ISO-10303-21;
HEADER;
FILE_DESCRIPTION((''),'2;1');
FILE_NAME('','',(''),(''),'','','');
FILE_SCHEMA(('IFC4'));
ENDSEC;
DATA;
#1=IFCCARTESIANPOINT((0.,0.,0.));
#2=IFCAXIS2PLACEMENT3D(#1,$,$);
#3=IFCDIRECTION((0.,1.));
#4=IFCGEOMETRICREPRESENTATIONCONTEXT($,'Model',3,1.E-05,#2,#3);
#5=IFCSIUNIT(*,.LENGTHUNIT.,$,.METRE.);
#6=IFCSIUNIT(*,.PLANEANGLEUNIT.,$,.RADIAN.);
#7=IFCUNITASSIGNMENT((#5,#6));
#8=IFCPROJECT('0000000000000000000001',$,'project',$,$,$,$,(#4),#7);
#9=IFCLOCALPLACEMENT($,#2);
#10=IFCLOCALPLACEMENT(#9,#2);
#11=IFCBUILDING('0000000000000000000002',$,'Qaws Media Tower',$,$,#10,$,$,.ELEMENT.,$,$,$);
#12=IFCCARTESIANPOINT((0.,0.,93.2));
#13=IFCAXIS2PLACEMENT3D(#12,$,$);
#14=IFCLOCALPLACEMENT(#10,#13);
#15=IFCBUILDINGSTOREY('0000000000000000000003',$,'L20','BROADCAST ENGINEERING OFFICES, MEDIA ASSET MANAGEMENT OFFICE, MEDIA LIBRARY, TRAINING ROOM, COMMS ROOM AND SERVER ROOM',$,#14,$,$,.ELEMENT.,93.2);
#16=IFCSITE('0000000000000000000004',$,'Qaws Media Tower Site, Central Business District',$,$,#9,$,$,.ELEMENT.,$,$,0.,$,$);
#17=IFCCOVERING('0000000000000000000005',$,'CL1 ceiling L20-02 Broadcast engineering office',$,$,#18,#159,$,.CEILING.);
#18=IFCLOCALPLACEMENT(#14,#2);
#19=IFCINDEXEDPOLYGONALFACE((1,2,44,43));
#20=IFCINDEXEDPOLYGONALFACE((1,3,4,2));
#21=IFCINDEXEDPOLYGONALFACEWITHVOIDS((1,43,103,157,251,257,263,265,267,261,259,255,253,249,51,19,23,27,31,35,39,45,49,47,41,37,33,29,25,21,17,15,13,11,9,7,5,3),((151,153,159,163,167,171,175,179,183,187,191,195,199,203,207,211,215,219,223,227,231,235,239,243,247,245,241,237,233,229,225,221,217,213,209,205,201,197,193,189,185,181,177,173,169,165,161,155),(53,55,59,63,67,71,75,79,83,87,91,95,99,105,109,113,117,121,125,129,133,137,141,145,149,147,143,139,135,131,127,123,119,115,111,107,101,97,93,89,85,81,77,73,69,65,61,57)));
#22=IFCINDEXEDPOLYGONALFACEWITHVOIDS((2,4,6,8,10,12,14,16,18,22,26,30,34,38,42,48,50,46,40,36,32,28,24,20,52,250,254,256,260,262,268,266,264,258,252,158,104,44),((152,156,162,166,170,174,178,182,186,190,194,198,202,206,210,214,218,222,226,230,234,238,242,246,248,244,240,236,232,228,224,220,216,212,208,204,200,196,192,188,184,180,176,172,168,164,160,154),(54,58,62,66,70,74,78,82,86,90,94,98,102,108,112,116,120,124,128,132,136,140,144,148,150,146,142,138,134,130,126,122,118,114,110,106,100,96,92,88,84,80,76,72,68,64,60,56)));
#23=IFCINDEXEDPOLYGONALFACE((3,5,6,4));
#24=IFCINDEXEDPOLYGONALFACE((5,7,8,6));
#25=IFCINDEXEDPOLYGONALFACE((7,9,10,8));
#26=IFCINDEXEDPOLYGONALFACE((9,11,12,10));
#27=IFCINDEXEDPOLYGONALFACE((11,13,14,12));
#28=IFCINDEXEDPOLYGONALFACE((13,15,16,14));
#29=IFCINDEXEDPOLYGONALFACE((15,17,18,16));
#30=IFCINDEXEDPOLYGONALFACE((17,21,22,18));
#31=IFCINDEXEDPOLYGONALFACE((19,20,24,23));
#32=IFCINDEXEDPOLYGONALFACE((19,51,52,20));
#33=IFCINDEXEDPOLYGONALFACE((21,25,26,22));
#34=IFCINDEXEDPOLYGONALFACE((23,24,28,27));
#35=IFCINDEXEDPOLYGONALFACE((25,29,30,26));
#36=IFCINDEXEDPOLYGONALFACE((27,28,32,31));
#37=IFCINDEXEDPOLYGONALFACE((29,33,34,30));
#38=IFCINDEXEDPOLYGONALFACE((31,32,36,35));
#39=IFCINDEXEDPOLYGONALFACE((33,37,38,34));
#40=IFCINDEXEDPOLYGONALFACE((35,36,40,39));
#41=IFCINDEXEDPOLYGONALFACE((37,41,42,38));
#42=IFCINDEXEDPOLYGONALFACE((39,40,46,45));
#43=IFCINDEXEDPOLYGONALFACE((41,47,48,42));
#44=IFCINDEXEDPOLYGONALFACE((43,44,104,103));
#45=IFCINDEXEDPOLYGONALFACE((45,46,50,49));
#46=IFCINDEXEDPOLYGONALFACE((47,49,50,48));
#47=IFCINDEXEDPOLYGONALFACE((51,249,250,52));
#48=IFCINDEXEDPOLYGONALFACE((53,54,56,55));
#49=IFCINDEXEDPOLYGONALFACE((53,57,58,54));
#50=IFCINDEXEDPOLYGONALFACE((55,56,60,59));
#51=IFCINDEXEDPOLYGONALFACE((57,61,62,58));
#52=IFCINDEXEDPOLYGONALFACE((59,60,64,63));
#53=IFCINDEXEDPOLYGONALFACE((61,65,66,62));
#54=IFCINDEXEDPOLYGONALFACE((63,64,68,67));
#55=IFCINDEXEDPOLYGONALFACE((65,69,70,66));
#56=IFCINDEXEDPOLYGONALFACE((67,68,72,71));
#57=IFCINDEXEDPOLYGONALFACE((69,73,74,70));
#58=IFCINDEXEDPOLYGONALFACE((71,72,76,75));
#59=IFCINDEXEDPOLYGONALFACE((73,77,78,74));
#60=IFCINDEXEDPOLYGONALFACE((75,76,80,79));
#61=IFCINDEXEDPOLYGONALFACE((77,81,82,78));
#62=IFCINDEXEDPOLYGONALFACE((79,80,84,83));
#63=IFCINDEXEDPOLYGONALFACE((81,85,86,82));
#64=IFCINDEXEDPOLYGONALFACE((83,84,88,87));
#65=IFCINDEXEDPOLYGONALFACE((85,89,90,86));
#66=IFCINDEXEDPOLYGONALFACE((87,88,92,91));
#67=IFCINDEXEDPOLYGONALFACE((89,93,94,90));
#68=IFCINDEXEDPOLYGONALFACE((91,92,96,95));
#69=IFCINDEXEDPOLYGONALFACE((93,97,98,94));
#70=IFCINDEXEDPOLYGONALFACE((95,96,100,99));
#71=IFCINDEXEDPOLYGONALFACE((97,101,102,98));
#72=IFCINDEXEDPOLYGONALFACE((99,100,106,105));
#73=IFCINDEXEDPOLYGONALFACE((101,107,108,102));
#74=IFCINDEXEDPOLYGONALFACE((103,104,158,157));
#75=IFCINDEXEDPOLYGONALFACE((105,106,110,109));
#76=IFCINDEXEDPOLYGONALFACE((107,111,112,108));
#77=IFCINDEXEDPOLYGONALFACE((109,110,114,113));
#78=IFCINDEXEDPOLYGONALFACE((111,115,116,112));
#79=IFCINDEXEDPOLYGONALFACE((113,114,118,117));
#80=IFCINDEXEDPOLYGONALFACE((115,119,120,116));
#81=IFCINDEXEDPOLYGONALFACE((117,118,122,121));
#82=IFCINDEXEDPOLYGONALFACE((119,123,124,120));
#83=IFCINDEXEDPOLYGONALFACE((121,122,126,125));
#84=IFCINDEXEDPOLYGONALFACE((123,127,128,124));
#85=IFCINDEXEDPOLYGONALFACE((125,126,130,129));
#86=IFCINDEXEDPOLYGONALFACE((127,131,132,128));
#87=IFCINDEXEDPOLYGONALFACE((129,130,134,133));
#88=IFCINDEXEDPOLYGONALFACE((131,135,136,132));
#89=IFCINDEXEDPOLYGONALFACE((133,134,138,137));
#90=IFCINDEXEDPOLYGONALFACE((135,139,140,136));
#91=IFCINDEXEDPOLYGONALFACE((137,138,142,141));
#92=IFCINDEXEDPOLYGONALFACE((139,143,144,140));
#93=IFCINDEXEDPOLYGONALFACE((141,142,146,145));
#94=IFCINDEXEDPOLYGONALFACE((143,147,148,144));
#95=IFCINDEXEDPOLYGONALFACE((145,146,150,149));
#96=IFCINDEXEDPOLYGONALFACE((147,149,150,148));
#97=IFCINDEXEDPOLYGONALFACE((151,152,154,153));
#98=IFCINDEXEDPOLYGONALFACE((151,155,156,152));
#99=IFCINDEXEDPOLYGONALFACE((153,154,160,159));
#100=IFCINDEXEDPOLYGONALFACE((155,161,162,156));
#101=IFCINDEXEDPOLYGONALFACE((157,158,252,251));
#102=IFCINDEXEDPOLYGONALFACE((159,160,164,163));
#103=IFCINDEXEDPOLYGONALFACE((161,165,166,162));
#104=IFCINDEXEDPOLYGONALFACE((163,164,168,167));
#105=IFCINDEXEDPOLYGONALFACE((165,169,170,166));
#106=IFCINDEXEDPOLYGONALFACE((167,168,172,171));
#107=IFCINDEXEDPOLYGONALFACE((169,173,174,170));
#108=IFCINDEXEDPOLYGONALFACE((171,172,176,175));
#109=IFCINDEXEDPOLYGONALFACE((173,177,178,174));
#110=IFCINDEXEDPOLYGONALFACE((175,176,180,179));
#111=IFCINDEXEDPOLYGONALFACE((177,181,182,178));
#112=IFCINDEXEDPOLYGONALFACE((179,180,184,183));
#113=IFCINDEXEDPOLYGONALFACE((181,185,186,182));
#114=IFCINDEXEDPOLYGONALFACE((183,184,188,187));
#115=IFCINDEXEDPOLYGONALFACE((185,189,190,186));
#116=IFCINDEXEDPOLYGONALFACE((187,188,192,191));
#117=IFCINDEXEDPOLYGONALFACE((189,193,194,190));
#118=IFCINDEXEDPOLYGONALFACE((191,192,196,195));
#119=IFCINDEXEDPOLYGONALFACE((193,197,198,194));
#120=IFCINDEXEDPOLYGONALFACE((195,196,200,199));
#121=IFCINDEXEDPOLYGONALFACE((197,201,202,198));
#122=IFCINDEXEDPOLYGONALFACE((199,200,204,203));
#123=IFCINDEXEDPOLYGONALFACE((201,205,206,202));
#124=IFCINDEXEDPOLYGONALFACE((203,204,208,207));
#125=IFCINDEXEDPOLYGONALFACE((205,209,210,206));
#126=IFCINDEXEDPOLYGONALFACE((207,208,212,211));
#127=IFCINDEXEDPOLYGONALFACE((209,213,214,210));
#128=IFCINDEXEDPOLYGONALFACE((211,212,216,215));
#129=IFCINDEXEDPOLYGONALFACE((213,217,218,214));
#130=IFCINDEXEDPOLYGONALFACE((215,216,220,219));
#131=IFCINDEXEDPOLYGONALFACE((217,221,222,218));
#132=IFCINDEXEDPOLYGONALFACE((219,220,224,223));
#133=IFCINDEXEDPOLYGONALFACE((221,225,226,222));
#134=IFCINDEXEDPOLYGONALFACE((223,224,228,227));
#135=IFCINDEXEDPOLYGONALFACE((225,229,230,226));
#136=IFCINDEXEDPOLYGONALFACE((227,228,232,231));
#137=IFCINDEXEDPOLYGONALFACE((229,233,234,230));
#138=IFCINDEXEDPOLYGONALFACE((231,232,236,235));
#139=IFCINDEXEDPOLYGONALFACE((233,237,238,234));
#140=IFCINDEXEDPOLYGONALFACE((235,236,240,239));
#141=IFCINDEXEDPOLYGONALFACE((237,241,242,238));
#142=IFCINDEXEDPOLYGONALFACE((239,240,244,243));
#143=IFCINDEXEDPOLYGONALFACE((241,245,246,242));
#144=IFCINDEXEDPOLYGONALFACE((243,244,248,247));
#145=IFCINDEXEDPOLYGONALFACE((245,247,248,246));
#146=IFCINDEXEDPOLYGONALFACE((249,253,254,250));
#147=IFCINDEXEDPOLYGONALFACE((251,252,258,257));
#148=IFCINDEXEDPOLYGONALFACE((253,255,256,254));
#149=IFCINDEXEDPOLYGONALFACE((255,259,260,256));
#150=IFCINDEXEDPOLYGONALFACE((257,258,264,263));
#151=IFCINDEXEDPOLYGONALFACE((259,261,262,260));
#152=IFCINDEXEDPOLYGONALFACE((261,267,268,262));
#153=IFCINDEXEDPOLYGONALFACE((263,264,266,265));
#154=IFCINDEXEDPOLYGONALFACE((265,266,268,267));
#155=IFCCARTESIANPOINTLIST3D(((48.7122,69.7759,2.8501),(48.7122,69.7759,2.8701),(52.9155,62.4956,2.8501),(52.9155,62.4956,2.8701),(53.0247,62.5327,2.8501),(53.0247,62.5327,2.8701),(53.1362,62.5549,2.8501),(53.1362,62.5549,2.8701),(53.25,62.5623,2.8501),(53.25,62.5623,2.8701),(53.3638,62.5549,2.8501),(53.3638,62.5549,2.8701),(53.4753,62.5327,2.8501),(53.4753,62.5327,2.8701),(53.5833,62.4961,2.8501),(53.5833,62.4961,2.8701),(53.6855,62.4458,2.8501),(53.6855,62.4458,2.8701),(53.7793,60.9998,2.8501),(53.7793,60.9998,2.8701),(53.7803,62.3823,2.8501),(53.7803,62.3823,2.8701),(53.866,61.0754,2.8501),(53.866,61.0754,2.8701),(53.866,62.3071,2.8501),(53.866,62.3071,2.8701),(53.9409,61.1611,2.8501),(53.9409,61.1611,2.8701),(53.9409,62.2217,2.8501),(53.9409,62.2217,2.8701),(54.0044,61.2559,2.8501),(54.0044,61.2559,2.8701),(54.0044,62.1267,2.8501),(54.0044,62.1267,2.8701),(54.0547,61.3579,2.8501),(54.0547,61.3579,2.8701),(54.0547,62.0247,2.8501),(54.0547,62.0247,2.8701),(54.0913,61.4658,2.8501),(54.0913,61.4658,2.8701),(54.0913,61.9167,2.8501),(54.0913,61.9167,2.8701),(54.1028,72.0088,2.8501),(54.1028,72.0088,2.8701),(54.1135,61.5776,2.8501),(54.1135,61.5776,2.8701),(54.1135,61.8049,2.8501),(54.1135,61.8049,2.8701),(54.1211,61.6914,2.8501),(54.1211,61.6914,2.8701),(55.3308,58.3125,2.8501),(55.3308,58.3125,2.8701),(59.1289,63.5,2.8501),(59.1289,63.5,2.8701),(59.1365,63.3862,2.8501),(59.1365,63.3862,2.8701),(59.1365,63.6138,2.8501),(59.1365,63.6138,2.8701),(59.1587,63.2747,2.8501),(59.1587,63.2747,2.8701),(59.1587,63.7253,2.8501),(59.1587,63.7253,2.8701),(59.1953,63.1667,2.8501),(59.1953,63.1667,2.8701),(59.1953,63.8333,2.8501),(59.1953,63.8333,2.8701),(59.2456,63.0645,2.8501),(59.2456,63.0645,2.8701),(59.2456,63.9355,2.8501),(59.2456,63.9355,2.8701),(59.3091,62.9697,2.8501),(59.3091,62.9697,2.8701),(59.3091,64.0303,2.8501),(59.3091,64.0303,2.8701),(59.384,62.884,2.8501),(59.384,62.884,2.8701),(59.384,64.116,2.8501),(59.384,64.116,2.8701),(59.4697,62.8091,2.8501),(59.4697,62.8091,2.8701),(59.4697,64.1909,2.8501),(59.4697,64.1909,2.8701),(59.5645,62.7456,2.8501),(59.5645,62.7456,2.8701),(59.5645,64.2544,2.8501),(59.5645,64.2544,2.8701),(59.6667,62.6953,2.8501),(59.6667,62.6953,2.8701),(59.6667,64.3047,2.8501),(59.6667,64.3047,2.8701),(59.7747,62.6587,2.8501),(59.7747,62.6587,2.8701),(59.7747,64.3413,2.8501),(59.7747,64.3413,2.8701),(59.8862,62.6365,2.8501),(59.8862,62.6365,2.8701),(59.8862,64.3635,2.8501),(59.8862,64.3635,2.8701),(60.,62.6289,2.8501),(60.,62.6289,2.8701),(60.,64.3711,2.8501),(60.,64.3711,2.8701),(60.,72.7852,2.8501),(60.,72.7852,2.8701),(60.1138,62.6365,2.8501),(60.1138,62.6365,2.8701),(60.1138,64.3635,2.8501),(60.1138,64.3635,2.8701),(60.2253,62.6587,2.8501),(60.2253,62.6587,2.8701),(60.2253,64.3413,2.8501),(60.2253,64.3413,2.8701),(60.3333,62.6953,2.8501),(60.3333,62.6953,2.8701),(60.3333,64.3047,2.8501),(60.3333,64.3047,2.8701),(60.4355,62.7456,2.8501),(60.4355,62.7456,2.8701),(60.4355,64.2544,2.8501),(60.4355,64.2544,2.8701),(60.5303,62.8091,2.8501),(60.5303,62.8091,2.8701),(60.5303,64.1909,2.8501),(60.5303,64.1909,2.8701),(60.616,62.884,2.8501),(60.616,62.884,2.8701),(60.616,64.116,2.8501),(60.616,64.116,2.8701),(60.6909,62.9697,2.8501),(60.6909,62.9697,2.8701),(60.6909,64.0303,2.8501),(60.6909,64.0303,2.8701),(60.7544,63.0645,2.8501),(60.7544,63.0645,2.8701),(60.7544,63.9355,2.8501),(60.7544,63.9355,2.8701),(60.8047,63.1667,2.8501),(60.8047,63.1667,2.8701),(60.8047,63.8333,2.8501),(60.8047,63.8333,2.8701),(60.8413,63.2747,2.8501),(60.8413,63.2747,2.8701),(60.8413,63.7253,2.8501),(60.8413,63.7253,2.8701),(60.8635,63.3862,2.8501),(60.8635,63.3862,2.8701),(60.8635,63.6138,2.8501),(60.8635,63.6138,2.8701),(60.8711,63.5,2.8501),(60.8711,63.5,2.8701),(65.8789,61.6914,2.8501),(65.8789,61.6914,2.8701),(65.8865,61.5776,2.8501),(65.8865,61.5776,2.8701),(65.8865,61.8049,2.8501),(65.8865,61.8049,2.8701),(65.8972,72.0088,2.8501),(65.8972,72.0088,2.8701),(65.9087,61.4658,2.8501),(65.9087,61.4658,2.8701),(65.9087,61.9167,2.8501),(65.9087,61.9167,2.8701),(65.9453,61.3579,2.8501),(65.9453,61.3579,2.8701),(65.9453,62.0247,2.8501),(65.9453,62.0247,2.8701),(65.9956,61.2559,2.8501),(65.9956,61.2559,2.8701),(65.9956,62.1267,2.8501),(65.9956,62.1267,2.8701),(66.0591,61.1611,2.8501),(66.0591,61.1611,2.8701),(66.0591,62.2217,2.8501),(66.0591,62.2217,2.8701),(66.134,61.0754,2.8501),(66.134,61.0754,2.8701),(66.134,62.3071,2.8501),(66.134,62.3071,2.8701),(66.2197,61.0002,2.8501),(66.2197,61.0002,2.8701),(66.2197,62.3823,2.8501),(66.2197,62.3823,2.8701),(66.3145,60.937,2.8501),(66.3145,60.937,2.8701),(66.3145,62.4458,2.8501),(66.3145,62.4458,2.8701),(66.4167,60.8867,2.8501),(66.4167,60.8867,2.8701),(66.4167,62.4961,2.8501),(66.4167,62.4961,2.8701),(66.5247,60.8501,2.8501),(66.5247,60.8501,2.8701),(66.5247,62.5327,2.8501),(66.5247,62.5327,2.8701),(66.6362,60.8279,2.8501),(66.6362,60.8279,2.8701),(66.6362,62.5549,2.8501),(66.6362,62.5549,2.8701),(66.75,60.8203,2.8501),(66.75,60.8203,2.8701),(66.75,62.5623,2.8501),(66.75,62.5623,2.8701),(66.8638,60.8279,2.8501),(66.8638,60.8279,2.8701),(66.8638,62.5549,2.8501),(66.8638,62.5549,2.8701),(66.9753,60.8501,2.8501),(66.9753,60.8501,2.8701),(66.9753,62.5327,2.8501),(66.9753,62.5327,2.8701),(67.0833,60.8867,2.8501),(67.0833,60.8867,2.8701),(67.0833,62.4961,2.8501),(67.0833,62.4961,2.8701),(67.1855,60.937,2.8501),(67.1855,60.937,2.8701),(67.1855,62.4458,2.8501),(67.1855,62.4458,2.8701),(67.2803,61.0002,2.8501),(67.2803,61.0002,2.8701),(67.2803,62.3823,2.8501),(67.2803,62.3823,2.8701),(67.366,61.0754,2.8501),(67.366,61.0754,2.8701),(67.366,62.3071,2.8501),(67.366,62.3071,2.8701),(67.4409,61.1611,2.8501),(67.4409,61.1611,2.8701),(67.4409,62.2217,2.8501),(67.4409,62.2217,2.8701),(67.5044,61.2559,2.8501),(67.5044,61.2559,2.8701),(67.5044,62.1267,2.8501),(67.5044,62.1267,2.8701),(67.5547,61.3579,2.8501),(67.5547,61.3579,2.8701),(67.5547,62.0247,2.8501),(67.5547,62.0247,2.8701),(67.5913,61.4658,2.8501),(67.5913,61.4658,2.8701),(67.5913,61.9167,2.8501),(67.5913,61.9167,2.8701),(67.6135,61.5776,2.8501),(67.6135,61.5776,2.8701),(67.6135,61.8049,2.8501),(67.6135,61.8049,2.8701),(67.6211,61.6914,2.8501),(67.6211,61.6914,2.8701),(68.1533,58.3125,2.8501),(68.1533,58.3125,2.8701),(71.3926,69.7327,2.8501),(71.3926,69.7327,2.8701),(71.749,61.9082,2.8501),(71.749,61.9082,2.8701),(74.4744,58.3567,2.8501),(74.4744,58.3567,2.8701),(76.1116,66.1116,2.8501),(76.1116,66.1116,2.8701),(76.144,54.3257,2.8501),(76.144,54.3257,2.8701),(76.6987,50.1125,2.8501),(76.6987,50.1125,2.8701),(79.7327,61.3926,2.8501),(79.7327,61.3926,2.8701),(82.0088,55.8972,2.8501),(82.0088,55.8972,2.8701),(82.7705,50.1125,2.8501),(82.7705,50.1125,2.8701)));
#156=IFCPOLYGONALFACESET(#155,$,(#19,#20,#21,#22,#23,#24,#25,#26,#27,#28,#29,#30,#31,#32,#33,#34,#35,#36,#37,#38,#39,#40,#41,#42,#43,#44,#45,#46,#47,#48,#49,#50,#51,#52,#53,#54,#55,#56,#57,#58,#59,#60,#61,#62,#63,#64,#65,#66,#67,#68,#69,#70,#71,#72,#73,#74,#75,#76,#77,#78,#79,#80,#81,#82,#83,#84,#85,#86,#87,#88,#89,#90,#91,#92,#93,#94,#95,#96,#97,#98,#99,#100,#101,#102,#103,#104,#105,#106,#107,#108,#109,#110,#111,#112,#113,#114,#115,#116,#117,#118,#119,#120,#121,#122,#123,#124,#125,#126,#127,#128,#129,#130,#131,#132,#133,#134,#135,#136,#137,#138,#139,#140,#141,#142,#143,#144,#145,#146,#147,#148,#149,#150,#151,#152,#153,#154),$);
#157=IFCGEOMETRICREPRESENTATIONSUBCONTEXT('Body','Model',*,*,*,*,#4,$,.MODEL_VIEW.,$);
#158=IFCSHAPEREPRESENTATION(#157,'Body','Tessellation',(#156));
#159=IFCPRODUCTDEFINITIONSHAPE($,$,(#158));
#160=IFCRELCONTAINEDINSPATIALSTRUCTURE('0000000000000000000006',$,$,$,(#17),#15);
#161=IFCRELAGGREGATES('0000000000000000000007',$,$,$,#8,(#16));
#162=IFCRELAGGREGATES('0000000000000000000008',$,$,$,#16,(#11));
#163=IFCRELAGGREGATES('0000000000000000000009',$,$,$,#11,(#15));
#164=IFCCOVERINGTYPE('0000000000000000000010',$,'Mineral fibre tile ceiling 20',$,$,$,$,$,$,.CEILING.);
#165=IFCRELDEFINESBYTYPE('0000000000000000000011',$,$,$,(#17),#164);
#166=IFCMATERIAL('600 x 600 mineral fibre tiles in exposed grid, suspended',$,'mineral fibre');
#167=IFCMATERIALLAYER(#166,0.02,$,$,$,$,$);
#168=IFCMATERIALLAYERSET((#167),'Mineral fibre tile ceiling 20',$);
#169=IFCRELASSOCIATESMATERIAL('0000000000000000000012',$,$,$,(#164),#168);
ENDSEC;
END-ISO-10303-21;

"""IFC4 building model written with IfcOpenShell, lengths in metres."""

from ifc_helpers import new_model, si_unit, direction, frame, origin, place, context, subcontext, project, spatial, polyline, outline, extrude, material, layer, layer_set, type_object, element, save


model = new_model("IFC4")

# Units and contexts
model_context = context("Model", 3, precision=1e-05, world=origin(), true_north=direction((0.0, 1.0)))
body_context = subcontext(model_context, "Body", "Model", "MODEL_VIEW")
ifc_project = project(units=[si_unit("LENGTHUNIT", "METRE"), si_unit("PLANEANGLEUNIT", "RADIAN")], contexts=[model_context])

# Site, building, storey
site_placement = place(None, origin())
site = spatial("IfcSite", under=ifc_project, at=site_placement, Name="Qaws Media Tower Site, Central Business District", CompositionType="ELEMENT", RefElevation=0.0)
building_placement = place(site_placement, origin())
building = spatial("IfcBuilding", under=site, at=building_placement, Name="Qaws Media Tower", CompositionType="ELEMENT")
storey_placement = place(building_placement, frame((0.0, 0.0, 93.2)))
storey = spatial("IfcBuildingStorey", under=building, at=storey_placement, Name="L20", Description="BROADCAST ENGINEERING OFFICES, MEDIA ASSET MANAGEMENT OFFICE, MEDIA LIBRARY, TRAINING ROOM, COMMS ROOM AND SERVER ROOM", CompositionType="ELEMENT", Elevation=93.2)

# Covering
ifc_material_1 = material(Name="600 x 600 mineral fibre tiles in exposed grid, suspended", Category="mineral fibre")
ifc_layer_1 = layer(ifc_material_1, 0.02)
ifc_layer_set_1 = layer_set([ifc_layer_1], Name="Mineral fibre tile ceiling 20")
covering_type_1 = type_object("IfcCoveringType", Name="Mineral fibre tile ceiling 20", PredefinedType="CEILING", material=ifc_layer_set_1)
covering_1_placement = place(storey_placement, frame((0.0, 0.0, 2.8501)))
element("IfcCovering", 1, at=covering_1_placement, inside=storey, type_object=covering_type_1, Name="CL1 ceiling L20-02 Broadcast engineering office", PredefinedType="CEILING", context=body_context, shape_type="SweptSolid", body=[
    extrude(outline(polyline([(54.1028, 72.0088), (60.0, 72.7852), (65.8972, 72.0088), (71.3926, 69.7327), (76.1116, 66.1116), (79.7327, 61.3926), (82.0088, 55.8972), (82.7705, 50.1125), (76.6987, 50.1125), (76.144, 54.3257), (74.4744, 58.3567), (71.749, 61.9082), (68.1533, 58.3125), (55.3308, 58.3125), (53.7793, 60.9998), (53.866, 61.0754), (53.9409, 61.1611), (54.0044, 61.2559), (54.0547, 61.3579), (54.0913, 61.4658), (54.1135, 61.5776), (54.1211, 61.6914), (54.1135, 61.8049), (54.0913, 61.9167), (54.0547, 62.0247), (54.0044, 62.1267), (53.9409, 62.2217), (53.866, 62.3071), (53.7803, 62.3823), (53.6855, 62.4458), (53.5833, 62.4961), (53.4753, 62.5327), (53.3638, 62.5549), (53.25, 62.5623), (53.1362, 62.5549), (53.0247, 62.5327), (52.9155, 62.4956), (48.7122, 69.7759), (54.1028, 72.0088)]), holes=[polyline([(60.8047, 63.1667), (60.8413, 63.2747), (60.8635, 63.3862), (60.8711, 63.5), (60.8635, 63.6138), (60.8413, 63.7253), (60.8047, 63.8333), (60.7544, 63.9355), (60.6909, 64.0303), (60.616, 64.116), (60.5303, 64.1909), (60.4355, 64.2544), (60.3333, 64.3047), (60.2253, 64.3413), (60.1138, 64.3635), (60.0, 64.3711), (59.8862, 64.3635), (59.7747, 64.3413), (59.6667, 64.3047), (59.5645, 64.2544), (59.4697, 64.1909), (59.384, 64.116), (59.3091, 64.0303), (59.2456, 63.9355), (59.1953, 63.8333), (59.1587, 63.7253), (59.1365, 63.6138), (59.1289, 63.5), (59.1365, 63.3862), (59.1587, 63.2747), (59.1953, 63.1667), (59.2456, 63.0645), (59.3091, 62.9697), (59.384, 62.884), (59.4697, 62.8091), (59.5645, 62.7456), (59.6667, 62.6953), (59.7747, 62.6587), (59.8862, 62.6365), (60.0, 62.6289), (60.1138, 62.6365), (60.2253, 62.6587), (60.3333, 62.6953), (60.4355, 62.7456), (60.5303, 62.8091), (60.616, 62.884), (60.6909, 62.9697), (60.7544, 63.0645), (60.8047, 63.1667)]), polyline([(67.5547, 61.3579), (67.5913, 61.4658), (67.6135, 61.5776), (67.6211, 61.6914), (67.6135, 61.8049), (67.5913, 61.9167), (67.5547, 62.0247), (67.5044, 62.1267), (67.4409, 62.2217), (67.366, 62.3071), (67.2803, 62.3823), (67.1855, 62.4458), (67.0833, 62.4961), (66.9753, 62.5327), (66.8638, 62.5549), (66.75, 62.5623), (66.6362, 62.5549), (66.5247, 62.5327), (66.4167, 62.4961), (66.3145, 62.4458), (66.2197, 62.3823), (66.134, 62.3071), (66.0591, 62.2217), (65.9956, 62.1267), (65.9453, 62.0247), (65.9087, 61.9167), (65.8865, 61.8049), (65.8789, 61.6914), (65.8865, 61.5776), (65.9087, 61.4658), (65.9453, 61.3579), (65.9956, 61.2559), (66.0591, 61.1611), (66.134, 61.0754), (66.2197, 61.0002), (66.3145, 60.937), (66.4167, 60.8867), (66.5247, 60.8501), (66.6362, 60.8279), (66.75, 60.8203), (66.8638, 60.8279), (66.9753, 60.8501), (67.0833, 60.8867), (67.1855, 60.937), (67.2803, 61.0002), (67.366, 61.0754), (67.4409, 61.1611), (67.5044, 61.2559), (67.5547, 61.3579)])]), origin(), (0.0, 0.0, 1.0), 0.02),
])

save(model, "model.ifc")
